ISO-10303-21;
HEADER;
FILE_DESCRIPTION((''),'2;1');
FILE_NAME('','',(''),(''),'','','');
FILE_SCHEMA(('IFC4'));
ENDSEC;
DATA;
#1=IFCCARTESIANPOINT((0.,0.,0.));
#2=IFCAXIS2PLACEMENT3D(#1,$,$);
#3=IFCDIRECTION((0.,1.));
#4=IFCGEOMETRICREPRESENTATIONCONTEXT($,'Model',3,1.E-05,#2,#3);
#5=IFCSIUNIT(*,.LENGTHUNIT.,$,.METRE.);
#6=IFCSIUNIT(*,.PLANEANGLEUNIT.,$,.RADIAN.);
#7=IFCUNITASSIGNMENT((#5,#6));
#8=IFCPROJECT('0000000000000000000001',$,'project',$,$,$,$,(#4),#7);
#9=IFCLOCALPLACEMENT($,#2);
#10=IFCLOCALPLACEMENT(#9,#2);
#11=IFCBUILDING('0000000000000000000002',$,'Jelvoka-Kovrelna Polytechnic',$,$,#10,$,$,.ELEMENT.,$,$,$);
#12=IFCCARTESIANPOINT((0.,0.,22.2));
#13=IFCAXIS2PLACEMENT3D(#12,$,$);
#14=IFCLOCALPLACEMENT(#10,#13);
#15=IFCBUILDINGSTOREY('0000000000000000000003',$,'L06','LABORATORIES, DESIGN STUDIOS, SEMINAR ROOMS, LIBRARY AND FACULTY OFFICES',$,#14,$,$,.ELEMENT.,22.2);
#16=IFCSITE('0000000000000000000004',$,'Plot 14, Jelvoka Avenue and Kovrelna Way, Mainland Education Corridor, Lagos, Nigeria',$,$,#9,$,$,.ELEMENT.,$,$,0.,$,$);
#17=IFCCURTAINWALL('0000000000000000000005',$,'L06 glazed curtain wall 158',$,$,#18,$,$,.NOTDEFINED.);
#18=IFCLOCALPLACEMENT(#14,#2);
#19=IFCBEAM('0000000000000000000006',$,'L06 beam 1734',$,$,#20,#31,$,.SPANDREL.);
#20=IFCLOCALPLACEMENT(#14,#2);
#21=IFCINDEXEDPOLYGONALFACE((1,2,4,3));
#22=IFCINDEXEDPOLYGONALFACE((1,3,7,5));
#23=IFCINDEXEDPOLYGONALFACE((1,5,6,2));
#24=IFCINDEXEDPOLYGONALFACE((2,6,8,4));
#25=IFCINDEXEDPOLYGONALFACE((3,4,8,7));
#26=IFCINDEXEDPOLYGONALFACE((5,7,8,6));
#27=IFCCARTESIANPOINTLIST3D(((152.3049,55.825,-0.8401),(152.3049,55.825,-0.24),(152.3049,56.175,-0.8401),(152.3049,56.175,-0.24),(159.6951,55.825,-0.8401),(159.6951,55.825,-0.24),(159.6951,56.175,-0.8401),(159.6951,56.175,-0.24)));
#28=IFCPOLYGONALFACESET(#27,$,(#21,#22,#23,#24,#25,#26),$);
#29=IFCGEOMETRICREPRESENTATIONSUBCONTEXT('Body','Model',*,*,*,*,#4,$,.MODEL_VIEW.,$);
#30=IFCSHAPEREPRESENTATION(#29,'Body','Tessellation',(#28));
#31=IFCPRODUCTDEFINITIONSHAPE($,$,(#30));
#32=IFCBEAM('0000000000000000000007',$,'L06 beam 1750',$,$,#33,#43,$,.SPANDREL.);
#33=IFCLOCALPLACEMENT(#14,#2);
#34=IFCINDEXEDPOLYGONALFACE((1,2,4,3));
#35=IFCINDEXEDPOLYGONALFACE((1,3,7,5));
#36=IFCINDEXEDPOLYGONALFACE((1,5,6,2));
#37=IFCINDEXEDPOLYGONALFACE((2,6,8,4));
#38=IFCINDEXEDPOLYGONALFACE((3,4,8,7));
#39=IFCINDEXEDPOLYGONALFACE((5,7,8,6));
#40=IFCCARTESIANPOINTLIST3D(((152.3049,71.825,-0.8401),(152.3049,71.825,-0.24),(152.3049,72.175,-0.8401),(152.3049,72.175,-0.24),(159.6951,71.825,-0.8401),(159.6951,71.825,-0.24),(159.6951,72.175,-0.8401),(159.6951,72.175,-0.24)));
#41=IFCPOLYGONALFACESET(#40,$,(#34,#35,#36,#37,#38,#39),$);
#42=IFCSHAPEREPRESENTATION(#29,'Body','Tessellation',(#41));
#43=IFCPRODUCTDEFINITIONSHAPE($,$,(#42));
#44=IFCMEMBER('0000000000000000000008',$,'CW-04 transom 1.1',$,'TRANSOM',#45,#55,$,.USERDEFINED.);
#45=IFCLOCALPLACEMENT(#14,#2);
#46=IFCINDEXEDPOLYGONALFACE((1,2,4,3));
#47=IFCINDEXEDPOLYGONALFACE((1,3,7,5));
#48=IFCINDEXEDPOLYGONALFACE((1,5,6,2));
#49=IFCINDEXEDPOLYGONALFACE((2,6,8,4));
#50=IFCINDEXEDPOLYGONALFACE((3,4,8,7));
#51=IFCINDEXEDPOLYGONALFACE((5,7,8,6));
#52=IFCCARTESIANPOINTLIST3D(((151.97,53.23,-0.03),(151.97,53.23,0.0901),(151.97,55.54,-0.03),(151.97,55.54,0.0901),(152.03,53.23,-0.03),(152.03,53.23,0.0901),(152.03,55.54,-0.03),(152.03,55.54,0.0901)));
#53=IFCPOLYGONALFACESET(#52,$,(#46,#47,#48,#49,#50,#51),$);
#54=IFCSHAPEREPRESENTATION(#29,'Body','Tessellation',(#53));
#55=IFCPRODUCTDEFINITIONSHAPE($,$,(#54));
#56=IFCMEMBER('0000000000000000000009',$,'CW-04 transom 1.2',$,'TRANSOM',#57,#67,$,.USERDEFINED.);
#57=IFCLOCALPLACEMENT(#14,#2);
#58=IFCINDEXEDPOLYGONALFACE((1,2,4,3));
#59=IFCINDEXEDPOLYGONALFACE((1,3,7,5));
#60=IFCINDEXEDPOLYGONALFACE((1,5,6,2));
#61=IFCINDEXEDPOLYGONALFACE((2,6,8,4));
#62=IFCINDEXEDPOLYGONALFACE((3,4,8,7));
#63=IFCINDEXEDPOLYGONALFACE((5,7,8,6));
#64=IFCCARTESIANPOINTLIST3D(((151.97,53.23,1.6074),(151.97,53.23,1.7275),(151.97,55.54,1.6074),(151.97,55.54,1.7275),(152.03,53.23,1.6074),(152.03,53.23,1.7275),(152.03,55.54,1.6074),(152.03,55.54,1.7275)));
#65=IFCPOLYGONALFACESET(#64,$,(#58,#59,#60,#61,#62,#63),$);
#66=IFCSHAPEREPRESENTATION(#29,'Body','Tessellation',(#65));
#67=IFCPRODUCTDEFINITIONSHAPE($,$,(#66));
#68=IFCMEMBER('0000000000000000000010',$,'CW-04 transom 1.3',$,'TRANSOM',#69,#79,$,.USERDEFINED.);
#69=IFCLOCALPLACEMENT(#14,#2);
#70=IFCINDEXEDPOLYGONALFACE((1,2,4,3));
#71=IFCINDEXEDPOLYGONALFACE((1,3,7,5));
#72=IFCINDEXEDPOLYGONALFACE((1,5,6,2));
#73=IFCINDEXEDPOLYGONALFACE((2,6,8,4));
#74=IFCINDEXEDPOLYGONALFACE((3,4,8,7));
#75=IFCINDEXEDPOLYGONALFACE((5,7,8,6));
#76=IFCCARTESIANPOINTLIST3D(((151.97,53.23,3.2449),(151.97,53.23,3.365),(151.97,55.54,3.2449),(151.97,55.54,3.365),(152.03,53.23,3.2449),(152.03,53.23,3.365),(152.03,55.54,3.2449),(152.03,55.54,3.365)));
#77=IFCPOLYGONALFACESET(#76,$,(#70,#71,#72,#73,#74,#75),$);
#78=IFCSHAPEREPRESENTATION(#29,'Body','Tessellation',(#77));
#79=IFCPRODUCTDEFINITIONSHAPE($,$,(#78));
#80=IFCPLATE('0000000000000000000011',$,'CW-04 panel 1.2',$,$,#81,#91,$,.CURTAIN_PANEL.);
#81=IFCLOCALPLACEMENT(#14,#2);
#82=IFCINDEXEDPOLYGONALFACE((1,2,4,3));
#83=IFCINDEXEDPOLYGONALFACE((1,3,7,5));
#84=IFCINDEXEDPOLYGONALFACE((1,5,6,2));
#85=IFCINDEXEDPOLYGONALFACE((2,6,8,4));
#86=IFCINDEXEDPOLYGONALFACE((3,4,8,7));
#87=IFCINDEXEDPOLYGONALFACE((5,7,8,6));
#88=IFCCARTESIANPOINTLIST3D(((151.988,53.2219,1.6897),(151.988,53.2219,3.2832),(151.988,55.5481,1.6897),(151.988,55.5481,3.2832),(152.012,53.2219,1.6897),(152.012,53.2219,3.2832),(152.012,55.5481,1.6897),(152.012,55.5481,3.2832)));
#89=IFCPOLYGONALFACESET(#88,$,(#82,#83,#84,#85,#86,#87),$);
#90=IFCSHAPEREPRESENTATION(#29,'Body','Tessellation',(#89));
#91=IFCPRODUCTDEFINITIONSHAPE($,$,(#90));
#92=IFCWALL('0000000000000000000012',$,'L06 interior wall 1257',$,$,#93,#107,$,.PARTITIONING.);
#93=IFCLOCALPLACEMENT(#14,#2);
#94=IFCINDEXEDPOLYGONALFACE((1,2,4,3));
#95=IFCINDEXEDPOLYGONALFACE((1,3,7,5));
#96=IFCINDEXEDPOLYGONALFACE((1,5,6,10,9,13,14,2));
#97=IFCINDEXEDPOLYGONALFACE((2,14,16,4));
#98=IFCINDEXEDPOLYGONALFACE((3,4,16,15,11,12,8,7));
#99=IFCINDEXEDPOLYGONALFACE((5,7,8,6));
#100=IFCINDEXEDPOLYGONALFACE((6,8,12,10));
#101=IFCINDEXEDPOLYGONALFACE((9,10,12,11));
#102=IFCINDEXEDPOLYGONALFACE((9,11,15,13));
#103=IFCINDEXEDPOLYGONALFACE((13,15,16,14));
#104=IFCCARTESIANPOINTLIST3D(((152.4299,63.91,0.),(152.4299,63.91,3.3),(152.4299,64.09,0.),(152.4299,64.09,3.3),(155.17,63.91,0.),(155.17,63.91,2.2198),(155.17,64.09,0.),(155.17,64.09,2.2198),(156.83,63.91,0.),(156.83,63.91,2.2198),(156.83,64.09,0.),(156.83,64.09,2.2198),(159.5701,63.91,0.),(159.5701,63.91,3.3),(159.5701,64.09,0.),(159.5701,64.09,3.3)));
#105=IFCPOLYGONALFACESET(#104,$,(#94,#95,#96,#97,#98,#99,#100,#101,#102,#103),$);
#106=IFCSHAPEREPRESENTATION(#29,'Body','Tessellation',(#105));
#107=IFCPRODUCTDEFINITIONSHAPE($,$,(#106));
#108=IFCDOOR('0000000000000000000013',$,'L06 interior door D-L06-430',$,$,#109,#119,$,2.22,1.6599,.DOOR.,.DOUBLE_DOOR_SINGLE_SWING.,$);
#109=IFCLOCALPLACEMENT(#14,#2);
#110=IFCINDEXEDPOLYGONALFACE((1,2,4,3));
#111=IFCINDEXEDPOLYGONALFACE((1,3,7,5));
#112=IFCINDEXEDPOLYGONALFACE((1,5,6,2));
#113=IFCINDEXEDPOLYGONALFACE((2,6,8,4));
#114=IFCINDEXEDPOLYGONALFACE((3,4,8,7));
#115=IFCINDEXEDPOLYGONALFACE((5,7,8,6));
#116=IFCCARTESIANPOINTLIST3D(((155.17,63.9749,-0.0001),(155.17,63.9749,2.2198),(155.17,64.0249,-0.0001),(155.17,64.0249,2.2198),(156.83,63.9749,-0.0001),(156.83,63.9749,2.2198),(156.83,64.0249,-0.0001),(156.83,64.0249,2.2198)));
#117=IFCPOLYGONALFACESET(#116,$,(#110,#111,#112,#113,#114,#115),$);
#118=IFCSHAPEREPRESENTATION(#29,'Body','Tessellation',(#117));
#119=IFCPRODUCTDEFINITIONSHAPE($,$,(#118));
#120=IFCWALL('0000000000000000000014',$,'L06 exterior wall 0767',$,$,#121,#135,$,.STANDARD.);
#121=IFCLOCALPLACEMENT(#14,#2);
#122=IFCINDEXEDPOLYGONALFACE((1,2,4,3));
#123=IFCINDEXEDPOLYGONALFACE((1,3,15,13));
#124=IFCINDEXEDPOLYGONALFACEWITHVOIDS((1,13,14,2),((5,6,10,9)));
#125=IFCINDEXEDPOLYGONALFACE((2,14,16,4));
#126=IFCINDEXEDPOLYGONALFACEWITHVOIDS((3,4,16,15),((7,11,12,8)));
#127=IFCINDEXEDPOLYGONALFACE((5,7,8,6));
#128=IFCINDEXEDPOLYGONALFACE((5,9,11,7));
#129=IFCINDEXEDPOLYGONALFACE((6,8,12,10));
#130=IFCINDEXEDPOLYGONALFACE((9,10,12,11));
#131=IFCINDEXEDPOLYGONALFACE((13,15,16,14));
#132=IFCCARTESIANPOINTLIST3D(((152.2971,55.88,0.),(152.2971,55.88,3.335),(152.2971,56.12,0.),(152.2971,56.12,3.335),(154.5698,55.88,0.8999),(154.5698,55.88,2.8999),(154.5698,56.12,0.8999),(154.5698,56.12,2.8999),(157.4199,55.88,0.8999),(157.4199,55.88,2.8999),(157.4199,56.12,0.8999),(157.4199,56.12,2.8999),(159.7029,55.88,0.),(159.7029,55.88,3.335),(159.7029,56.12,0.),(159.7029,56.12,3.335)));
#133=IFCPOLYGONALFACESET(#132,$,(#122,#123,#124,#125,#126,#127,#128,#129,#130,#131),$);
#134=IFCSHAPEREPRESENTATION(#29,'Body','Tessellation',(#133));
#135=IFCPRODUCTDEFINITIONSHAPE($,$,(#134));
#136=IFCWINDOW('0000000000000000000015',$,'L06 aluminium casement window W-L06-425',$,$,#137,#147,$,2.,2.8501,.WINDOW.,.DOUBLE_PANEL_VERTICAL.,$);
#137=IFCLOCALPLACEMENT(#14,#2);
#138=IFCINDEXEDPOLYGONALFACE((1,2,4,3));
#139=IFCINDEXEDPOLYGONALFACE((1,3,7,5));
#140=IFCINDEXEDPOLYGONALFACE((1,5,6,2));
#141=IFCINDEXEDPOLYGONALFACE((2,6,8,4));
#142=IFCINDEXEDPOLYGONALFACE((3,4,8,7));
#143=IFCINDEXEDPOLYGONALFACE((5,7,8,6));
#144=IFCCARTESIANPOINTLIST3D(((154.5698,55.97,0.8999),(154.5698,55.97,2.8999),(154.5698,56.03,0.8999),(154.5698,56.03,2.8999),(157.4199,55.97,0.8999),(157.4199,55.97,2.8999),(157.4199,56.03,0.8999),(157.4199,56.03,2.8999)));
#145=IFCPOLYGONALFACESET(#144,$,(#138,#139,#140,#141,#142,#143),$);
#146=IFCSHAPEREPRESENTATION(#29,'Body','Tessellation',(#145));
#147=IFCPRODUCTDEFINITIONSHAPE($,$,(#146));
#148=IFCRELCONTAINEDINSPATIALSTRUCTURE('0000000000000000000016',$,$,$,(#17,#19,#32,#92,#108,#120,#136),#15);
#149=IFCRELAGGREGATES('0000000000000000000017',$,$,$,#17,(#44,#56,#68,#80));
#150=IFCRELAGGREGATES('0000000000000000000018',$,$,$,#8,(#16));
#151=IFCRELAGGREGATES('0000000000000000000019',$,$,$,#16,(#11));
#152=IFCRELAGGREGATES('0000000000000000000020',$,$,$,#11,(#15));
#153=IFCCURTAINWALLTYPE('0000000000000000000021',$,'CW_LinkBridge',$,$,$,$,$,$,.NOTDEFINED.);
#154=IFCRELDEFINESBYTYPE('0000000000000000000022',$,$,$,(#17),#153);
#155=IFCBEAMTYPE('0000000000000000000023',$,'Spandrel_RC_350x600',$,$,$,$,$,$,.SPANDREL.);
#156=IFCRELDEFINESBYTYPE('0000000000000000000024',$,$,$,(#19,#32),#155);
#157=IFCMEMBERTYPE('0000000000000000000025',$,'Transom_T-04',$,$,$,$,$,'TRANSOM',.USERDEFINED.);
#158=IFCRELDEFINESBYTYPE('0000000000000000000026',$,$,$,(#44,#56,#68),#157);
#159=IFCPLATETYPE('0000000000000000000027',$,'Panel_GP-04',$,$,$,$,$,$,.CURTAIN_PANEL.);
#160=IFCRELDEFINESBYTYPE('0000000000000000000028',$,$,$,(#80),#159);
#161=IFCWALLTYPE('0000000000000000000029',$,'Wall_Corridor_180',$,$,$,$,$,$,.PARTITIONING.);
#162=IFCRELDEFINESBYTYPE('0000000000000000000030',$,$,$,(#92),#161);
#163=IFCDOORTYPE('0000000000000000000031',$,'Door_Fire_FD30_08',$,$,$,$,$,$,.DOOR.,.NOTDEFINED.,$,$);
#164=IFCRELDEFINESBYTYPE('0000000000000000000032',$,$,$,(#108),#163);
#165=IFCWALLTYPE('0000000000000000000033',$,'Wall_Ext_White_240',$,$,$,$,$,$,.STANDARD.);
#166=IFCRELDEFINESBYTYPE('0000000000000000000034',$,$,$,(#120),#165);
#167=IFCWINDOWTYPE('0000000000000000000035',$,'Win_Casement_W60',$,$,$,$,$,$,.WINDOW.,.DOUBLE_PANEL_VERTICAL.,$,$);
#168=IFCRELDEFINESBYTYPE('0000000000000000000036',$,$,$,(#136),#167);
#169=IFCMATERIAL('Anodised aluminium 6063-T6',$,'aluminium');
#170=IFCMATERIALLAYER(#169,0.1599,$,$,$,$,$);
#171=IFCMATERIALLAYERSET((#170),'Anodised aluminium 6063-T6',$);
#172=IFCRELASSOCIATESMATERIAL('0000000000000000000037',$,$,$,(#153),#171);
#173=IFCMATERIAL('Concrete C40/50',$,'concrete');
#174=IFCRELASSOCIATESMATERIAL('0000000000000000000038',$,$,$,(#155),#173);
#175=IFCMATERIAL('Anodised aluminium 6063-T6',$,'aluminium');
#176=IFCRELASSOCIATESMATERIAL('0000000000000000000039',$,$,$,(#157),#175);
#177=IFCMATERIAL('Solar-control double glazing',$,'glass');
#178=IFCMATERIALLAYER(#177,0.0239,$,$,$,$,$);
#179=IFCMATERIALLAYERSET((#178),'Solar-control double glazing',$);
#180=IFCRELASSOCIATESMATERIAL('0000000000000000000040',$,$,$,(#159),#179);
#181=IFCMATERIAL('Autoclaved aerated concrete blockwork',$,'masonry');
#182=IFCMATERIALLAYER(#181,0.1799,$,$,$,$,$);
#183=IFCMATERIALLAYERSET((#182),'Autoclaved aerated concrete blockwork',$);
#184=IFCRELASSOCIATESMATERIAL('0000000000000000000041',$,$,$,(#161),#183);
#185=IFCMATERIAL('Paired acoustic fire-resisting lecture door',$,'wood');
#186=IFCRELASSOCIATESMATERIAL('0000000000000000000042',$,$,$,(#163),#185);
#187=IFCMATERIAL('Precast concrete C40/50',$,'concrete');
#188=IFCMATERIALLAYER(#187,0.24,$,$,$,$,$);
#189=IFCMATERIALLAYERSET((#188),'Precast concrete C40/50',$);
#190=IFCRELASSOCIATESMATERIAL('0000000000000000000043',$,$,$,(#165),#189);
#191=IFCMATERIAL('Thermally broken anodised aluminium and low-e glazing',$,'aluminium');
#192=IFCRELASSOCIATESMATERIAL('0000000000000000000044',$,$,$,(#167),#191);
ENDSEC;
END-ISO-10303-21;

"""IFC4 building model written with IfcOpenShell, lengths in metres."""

from ifc_helpers import new_model, si_unit, direction, frame, frame_2d, origin, origin_2d, place, context, subcontext, project, spatial, rectangle, extrude, material, layer, layer_set, material_profile, profile_set, type_object, element, fill, aggregate, save


model = new_model("IFC4")

# Units and contexts
model_context = context("Model", 3, precision=1e-05, world=origin(), true_north=direction((0.0, 1.0)))
body_context = subcontext(model_context, "Body", "Model", "MODEL_VIEW")
ifc_project = project(units=[si_unit("LENGTHUNIT", "METRE"), si_unit("PLANEANGLEUNIT", "RADIAN")], contexts=[model_context])

# Site, building, storey
site_placement = place(None, origin())
site = spatial("IfcSite", under=ifc_project, at=site_placement, Name="Plot 14, Jelvoka Avenue and Kovrelna Way, Mainland Education Corridor, Lagos, Nigeria", CompositionType="ELEMENT", RefElevation=0.0)
building_placement = place(site_placement, origin())
building = spatial("IfcBuilding", under=site, at=building_placement, Name="Jelvoka-Kovrelna Polytechnic", CompositionType="ELEMENT")
storey_placement = place(building_placement, frame((0.0, 0.0, 22.2)))
storey = spatial("IfcBuildingStorey", under=building, at=storey_placement, Name="L06", Description="LABORATORIES, DESIGN STUDIOS, SEMINAR ROOMS, LIBRARY AND FACULTY OFFICES", CompositionType="ELEMENT", Elevation=22.2)

# Curtain wall
ifc_material_1 = material(Name="Anodised aluminium 6063-T6", Category="aluminium")
ifc_layer_1 = layer(ifc_material_1, 0.1599)
ifc_layer_set_1 = layer_set([ifc_layer_1], Name="Anodised aluminium 6063-T6")
curtain_wall_type = type_object("IfcCurtainWallType", Name="CW_LinkBridge", PredefinedType="NOTDEFINED", material=ifc_layer_set_1)
curtain_wall_placement = place(storey_placement, origin())
curtain_wall = element("IfcCurtainWall", 1, at=curtain_wall_placement, inside=storey, type_object=curtain_wall_type, Name="L06 glazed curtain wall 158", PredefinedType="NOTDEFINED")

# Beams
ifc_material_2 = material(Name="Concrete C40/50", Category="concrete")
ifc_material_profile_1 = material_profile(ifc_material_2, rectangle(XDim=0.3501, YDim=0.6001, at=origin_2d()), Name="RC 350x600")
ifc_profile_set_1 = profile_set([ifc_material_profile_1], Name="Concrete C40/50")
beam_type_1 = type_object("IfcBeamType", Name="Spandrel_RC_350x600", PredefinedType="SPANDREL", material=ifc_profile_set_1)
for number, where, z_axis, x_axis, name in (
    (2, (152.3049, 56.0, -0.54), (1.0, 0.0, 0.0), (0.0, 1.0, 0.0), "L06 beam 1734"),
    (3, (152.3049, 72.0, -0.54), (1.0, 0.0, 0.0), (0.0, 1.0, 0.0), "L06 beam 1750"),
):
    element("IfcBeam", number, at=place(storey_placement, frame(where, z_axis=z_axis, x_axis=x_axis)), inside=storey, type_object=beam_type_1, Name=name, PredefinedType="SPANDREL", context=body_context, shape_type="SweptSolid", body=[
        extrude(rectangle(XDim=0.3501, YDim=0.6001, at=origin_2d()), origin(), (0.0, 0.0, 1.0), 7.3901),
    ])

# Members
ifc_material_3 = material(Name="Anodised aluminium 6063-T6", Category="aluminium")
ifc_material_profile_2 = material_profile(ifc_material_3, rectangle(XDim=0.0601, YDim=0.1201, at=origin_2d()), Name="ALU 60x120")
ifc_profile_set_2 = profile_set([ifc_material_profile_2], Name="Anodised aluminium 6063-T6")
member_type_1 = type_object("IfcMemberType", Name="Transom_T-04", ElementType="TRANSOM", PredefinedType="USERDEFINED", material=ifc_profile_set_2)
member_1_placement = place(storey_placement, frame((152.0, 55.54, 0.03), z_axis=(0.0, -1.0, 0.0), x_axis=(1.0, 0.0, 0.0)))
member_1 = element("IfcMember", 4, at=member_1_placement, type_object=member_type_1, Name="CW-04 transom 1.1", ObjectType="TRANSOM", PredefinedType="USERDEFINED", context=body_context, shape_type="SweptSolid", body=[
    extrude(rectangle(XDim=0.0601, YDim=0.1201, at=origin_2d()), origin(), (0.0, 0.0, 1.0), 2.3101),
])
member_2_placement = place(storey_placement, frame((152.0, 55.54, 1.6675), z_axis=(0.0, -1.0, 0.0), x_axis=(1.0, 0.0, 0.0)))
member_2 = element("IfcMember", 5, at=member_2_placement, type_object=member_type_1, Name="CW-04 transom 1.2", ObjectType="TRANSOM", PredefinedType="USERDEFINED", context=body_context, shape_type="SweptSolid", body=[
    extrude(rectangle(XDim=0.0601, YDim=0.1201, at=origin_2d()), origin(), (0.0, 0.0, 1.0), 2.3101),
])
member_3_placement = place(storey_placement, frame((152.0, 55.54, 3.3049), z_axis=(0.0, -1.0, 0.0), x_axis=(1.0, 0.0, 0.0)))
member_3 = element("IfcMember", 6, at=member_3_placement, type_object=member_type_1, Name="CW-04 transom 1.3", ObjectType="TRANSOM", PredefinedType="USERDEFINED", context=body_context, shape_type="SweptSolid", body=[
    extrude(rectangle(XDim=0.0601, YDim=0.1201, at=origin_2d()), origin(), (0.0, 0.0, 1.0), 2.3101),
])

# Plate
ifc_material_4 = material(Name="Solar-control double glazing", Category="glass")
ifc_layer_2 = layer(ifc_material_4, 0.0239)
ifc_layer_set_2 = layer_set([ifc_layer_2], Name="Solar-control double glazing")
plate_type = type_object("IfcPlateType", Name="Panel_GP-04", PredefinedType="CURTAIN_PANEL", material=ifc_layer_set_2)
plate_placement = place(storey_placement, frame((152.0, 54.385, 1.6897), z_axis=(0.0, 0.0, 1.0), x_axis=(0.0, -1.0, 0.0)))
plate = element("IfcPlate", 7, at=plate_placement, type_object=plate_type, Name="CW-04 panel 1.2", PredefinedType="CURTAIN_PANEL", context=body_context, shape_type="SweptSolid", body=[
    extrude(rectangle(XDim=2.3262, YDim=0.0239, at=origin_2d()), origin(), (0.0, 0.0, 1.0), 1.5935),
])
aggregate(curtain_wall, [member_1, member_2, member_3, plate])

# Wall, opening, door
ifc_material_5 = material(Name="Autoclaved aerated concrete blockwork", Category="masonry")
ifc_layer_3 = layer(ifc_material_5, 0.1799)
ifc_layer_set_3 = layer_set([ifc_layer_3], Name="Autoclaved aerated concrete blockwork")
wall_type_1 = type_object("IfcWallType", Name="Wall_Corridor_180", PredefinedType="PARTITIONING", material=ifc_layer_set_3)
wall_1_placement = place(storey_placement, frame((152.4299, 64.0, 0.0), z_axis=(0.0, 0.0, 1.0), x_axis=(1.0, 0.0, 0.0)))
wall_1 = element("IfcWall", 8, at=wall_1_placement, inside=storey, type_object=wall_type_1, Name="L06 interior wall 1257", PredefinedType="PARTITIONING", context=body_context, shape_type="SweptSolid", body=[
    extrude(rectangle(XDim=7.1401, YDim=0.1799, at=frame_2d((3.5701, 0.0))), origin(), (0.0, 0.0, 1.0), 3.3),
])
opening_1_placement = place(wall_1_placement, frame((2.74, 0.0, 0.0)))
opening_1 = element("IfcOpeningElement", 9, at=opening_1_placement, cuts=wall_1, PredefinedType="OPENING", context=body_context, shape_type="SweptSolid", body=[
    extrude(rectangle(XDim=1.6599, YDim=2.22, at=frame_2d((0.8301, 1.1099))), frame((0.0, 0.0999, 0.0), z_axis=(0.0, -1.0, 0.0), x_axis=(1.0, 0.0, 0.0)), (0.0, 0.0, 1.0), 0.2),
])
ifc_material_6 = material(Name="Paired acoustic fire-resisting lecture door", Category="wood")
door_type = type_object("IfcDoorType", Name="Door_Fire_FD30_08", OperationType="NOTDEFINED", PredefinedType="DOOR", material=ifc_material_6)
door_placement = place(opening_1_placement, origin())
door = element("IfcDoor", 10, at=door_placement, inside=storey, type_object=door_type, Name="L06 interior door D-L06-430", OperationType="DOUBLE_DOOR_SINGLE_SWING", OverallHeight=2.22, OverallWidth=1.6599, PredefinedType="DOOR", context=body_context, shape_type="SweptSolid", body=[
    extrude(rectangle(XDim=1.6599, YDim=2.22, at=frame_2d((0.8301, 1.1099))), frame((0.0, 0.0249, 0.0), z_axis=(0.0, -1.0, 0.0), x_axis=(1.0, 0.0, 0.0)), (0.0, 0.0, 1.0), 0.05),
])
fill(opening_1, door)

# Wall, opening, window
ifc_material_7 = material(Name="Precast concrete C40/50", Category="concrete")
ifc_layer_4 = layer(ifc_material_7, 0.24)
ifc_layer_set_4 = layer_set([ifc_layer_4], Name="Precast concrete C40/50")
wall_type_2 = type_object("IfcWallType", Name="Wall_Ext_White_240", PredefinedType="STANDARD", material=ifc_layer_set_4)
wall_2_placement = place(storey_placement, frame((159.7029, 56.0, 0.0), z_axis=(0.0, 0.0, 1.0), x_axis=(-1.0, 0.0, 0.0)))
wall_2 = element("IfcWall", 11, at=wall_2_placement, inside=storey, type_object=wall_type_2, Name="L06 exterior wall 0767", PredefinedType="STANDARD", context=body_context, shape_type="SweptSolid", body=[
    extrude(rectangle(XDim=7.4058, YDim=0.24, at=frame_2d((3.7029, 0.0))), origin(), (0.0, 0.0, 1.0), 3.335),
])
opening_2_placement = place(wall_2_placement, frame((2.283, 0.0, 0.8999)))
opening_2 = element("IfcOpeningElement", 12, at=opening_2_placement, cuts=wall_2, PredefinedType="OPENING", context=body_context, shape_type="SweptSolid", body=[
    extrude(rectangle(XDim=2.8501, YDim=2.0, at=frame_2d((1.425, 1.0))), frame((0.0, 0.1301, 0.0), z_axis=(0.0, -1.0, 0.0), x_axis=(1.0, 0.0, 0.0)), (0.0, 0.0, 1.0), 0.26),
])
ifc_material_8 = material(Name="Thermally broken anodised aluminium and low-e glazing", Category="aluminium")
window_type_1 = type_object("IfcWindowType", Name="Win_Casement_W60", PartitioningType="DOUBLE_PANEL_VERTICAL", PredefinedType="WINDOW", material=ifc_material_8)
window_1_placement = place(opening_2_placement, origin())
window_1 = element("IfcWindow", 13, at=window_1_placement, inside=storey, type_object=window_type_1, Name="L06 aluminium casement window W-L06-425", OverallHeight=2.0, OverallWidth=2.8501, PartitioningType="DOUBLE_PANEL_VERTICAL", PredefinedType="WINDOW", context=body_context, shape_type="SweptSolid", body=[
    extrude(rectangle(XDim=2.8501, YDim=2.0, at=frame_2d((1.425, 1.0))), frame((0.0, 0.03, 0.0), z_axis=(0.0, -1.0, 0.0), x_axis=(1.0, 0.0, 0.0)), (0.0, 0.0, 1.0), 0.0601),
])
fill(opening_2, window_1)

save(model, "model.ifc")
